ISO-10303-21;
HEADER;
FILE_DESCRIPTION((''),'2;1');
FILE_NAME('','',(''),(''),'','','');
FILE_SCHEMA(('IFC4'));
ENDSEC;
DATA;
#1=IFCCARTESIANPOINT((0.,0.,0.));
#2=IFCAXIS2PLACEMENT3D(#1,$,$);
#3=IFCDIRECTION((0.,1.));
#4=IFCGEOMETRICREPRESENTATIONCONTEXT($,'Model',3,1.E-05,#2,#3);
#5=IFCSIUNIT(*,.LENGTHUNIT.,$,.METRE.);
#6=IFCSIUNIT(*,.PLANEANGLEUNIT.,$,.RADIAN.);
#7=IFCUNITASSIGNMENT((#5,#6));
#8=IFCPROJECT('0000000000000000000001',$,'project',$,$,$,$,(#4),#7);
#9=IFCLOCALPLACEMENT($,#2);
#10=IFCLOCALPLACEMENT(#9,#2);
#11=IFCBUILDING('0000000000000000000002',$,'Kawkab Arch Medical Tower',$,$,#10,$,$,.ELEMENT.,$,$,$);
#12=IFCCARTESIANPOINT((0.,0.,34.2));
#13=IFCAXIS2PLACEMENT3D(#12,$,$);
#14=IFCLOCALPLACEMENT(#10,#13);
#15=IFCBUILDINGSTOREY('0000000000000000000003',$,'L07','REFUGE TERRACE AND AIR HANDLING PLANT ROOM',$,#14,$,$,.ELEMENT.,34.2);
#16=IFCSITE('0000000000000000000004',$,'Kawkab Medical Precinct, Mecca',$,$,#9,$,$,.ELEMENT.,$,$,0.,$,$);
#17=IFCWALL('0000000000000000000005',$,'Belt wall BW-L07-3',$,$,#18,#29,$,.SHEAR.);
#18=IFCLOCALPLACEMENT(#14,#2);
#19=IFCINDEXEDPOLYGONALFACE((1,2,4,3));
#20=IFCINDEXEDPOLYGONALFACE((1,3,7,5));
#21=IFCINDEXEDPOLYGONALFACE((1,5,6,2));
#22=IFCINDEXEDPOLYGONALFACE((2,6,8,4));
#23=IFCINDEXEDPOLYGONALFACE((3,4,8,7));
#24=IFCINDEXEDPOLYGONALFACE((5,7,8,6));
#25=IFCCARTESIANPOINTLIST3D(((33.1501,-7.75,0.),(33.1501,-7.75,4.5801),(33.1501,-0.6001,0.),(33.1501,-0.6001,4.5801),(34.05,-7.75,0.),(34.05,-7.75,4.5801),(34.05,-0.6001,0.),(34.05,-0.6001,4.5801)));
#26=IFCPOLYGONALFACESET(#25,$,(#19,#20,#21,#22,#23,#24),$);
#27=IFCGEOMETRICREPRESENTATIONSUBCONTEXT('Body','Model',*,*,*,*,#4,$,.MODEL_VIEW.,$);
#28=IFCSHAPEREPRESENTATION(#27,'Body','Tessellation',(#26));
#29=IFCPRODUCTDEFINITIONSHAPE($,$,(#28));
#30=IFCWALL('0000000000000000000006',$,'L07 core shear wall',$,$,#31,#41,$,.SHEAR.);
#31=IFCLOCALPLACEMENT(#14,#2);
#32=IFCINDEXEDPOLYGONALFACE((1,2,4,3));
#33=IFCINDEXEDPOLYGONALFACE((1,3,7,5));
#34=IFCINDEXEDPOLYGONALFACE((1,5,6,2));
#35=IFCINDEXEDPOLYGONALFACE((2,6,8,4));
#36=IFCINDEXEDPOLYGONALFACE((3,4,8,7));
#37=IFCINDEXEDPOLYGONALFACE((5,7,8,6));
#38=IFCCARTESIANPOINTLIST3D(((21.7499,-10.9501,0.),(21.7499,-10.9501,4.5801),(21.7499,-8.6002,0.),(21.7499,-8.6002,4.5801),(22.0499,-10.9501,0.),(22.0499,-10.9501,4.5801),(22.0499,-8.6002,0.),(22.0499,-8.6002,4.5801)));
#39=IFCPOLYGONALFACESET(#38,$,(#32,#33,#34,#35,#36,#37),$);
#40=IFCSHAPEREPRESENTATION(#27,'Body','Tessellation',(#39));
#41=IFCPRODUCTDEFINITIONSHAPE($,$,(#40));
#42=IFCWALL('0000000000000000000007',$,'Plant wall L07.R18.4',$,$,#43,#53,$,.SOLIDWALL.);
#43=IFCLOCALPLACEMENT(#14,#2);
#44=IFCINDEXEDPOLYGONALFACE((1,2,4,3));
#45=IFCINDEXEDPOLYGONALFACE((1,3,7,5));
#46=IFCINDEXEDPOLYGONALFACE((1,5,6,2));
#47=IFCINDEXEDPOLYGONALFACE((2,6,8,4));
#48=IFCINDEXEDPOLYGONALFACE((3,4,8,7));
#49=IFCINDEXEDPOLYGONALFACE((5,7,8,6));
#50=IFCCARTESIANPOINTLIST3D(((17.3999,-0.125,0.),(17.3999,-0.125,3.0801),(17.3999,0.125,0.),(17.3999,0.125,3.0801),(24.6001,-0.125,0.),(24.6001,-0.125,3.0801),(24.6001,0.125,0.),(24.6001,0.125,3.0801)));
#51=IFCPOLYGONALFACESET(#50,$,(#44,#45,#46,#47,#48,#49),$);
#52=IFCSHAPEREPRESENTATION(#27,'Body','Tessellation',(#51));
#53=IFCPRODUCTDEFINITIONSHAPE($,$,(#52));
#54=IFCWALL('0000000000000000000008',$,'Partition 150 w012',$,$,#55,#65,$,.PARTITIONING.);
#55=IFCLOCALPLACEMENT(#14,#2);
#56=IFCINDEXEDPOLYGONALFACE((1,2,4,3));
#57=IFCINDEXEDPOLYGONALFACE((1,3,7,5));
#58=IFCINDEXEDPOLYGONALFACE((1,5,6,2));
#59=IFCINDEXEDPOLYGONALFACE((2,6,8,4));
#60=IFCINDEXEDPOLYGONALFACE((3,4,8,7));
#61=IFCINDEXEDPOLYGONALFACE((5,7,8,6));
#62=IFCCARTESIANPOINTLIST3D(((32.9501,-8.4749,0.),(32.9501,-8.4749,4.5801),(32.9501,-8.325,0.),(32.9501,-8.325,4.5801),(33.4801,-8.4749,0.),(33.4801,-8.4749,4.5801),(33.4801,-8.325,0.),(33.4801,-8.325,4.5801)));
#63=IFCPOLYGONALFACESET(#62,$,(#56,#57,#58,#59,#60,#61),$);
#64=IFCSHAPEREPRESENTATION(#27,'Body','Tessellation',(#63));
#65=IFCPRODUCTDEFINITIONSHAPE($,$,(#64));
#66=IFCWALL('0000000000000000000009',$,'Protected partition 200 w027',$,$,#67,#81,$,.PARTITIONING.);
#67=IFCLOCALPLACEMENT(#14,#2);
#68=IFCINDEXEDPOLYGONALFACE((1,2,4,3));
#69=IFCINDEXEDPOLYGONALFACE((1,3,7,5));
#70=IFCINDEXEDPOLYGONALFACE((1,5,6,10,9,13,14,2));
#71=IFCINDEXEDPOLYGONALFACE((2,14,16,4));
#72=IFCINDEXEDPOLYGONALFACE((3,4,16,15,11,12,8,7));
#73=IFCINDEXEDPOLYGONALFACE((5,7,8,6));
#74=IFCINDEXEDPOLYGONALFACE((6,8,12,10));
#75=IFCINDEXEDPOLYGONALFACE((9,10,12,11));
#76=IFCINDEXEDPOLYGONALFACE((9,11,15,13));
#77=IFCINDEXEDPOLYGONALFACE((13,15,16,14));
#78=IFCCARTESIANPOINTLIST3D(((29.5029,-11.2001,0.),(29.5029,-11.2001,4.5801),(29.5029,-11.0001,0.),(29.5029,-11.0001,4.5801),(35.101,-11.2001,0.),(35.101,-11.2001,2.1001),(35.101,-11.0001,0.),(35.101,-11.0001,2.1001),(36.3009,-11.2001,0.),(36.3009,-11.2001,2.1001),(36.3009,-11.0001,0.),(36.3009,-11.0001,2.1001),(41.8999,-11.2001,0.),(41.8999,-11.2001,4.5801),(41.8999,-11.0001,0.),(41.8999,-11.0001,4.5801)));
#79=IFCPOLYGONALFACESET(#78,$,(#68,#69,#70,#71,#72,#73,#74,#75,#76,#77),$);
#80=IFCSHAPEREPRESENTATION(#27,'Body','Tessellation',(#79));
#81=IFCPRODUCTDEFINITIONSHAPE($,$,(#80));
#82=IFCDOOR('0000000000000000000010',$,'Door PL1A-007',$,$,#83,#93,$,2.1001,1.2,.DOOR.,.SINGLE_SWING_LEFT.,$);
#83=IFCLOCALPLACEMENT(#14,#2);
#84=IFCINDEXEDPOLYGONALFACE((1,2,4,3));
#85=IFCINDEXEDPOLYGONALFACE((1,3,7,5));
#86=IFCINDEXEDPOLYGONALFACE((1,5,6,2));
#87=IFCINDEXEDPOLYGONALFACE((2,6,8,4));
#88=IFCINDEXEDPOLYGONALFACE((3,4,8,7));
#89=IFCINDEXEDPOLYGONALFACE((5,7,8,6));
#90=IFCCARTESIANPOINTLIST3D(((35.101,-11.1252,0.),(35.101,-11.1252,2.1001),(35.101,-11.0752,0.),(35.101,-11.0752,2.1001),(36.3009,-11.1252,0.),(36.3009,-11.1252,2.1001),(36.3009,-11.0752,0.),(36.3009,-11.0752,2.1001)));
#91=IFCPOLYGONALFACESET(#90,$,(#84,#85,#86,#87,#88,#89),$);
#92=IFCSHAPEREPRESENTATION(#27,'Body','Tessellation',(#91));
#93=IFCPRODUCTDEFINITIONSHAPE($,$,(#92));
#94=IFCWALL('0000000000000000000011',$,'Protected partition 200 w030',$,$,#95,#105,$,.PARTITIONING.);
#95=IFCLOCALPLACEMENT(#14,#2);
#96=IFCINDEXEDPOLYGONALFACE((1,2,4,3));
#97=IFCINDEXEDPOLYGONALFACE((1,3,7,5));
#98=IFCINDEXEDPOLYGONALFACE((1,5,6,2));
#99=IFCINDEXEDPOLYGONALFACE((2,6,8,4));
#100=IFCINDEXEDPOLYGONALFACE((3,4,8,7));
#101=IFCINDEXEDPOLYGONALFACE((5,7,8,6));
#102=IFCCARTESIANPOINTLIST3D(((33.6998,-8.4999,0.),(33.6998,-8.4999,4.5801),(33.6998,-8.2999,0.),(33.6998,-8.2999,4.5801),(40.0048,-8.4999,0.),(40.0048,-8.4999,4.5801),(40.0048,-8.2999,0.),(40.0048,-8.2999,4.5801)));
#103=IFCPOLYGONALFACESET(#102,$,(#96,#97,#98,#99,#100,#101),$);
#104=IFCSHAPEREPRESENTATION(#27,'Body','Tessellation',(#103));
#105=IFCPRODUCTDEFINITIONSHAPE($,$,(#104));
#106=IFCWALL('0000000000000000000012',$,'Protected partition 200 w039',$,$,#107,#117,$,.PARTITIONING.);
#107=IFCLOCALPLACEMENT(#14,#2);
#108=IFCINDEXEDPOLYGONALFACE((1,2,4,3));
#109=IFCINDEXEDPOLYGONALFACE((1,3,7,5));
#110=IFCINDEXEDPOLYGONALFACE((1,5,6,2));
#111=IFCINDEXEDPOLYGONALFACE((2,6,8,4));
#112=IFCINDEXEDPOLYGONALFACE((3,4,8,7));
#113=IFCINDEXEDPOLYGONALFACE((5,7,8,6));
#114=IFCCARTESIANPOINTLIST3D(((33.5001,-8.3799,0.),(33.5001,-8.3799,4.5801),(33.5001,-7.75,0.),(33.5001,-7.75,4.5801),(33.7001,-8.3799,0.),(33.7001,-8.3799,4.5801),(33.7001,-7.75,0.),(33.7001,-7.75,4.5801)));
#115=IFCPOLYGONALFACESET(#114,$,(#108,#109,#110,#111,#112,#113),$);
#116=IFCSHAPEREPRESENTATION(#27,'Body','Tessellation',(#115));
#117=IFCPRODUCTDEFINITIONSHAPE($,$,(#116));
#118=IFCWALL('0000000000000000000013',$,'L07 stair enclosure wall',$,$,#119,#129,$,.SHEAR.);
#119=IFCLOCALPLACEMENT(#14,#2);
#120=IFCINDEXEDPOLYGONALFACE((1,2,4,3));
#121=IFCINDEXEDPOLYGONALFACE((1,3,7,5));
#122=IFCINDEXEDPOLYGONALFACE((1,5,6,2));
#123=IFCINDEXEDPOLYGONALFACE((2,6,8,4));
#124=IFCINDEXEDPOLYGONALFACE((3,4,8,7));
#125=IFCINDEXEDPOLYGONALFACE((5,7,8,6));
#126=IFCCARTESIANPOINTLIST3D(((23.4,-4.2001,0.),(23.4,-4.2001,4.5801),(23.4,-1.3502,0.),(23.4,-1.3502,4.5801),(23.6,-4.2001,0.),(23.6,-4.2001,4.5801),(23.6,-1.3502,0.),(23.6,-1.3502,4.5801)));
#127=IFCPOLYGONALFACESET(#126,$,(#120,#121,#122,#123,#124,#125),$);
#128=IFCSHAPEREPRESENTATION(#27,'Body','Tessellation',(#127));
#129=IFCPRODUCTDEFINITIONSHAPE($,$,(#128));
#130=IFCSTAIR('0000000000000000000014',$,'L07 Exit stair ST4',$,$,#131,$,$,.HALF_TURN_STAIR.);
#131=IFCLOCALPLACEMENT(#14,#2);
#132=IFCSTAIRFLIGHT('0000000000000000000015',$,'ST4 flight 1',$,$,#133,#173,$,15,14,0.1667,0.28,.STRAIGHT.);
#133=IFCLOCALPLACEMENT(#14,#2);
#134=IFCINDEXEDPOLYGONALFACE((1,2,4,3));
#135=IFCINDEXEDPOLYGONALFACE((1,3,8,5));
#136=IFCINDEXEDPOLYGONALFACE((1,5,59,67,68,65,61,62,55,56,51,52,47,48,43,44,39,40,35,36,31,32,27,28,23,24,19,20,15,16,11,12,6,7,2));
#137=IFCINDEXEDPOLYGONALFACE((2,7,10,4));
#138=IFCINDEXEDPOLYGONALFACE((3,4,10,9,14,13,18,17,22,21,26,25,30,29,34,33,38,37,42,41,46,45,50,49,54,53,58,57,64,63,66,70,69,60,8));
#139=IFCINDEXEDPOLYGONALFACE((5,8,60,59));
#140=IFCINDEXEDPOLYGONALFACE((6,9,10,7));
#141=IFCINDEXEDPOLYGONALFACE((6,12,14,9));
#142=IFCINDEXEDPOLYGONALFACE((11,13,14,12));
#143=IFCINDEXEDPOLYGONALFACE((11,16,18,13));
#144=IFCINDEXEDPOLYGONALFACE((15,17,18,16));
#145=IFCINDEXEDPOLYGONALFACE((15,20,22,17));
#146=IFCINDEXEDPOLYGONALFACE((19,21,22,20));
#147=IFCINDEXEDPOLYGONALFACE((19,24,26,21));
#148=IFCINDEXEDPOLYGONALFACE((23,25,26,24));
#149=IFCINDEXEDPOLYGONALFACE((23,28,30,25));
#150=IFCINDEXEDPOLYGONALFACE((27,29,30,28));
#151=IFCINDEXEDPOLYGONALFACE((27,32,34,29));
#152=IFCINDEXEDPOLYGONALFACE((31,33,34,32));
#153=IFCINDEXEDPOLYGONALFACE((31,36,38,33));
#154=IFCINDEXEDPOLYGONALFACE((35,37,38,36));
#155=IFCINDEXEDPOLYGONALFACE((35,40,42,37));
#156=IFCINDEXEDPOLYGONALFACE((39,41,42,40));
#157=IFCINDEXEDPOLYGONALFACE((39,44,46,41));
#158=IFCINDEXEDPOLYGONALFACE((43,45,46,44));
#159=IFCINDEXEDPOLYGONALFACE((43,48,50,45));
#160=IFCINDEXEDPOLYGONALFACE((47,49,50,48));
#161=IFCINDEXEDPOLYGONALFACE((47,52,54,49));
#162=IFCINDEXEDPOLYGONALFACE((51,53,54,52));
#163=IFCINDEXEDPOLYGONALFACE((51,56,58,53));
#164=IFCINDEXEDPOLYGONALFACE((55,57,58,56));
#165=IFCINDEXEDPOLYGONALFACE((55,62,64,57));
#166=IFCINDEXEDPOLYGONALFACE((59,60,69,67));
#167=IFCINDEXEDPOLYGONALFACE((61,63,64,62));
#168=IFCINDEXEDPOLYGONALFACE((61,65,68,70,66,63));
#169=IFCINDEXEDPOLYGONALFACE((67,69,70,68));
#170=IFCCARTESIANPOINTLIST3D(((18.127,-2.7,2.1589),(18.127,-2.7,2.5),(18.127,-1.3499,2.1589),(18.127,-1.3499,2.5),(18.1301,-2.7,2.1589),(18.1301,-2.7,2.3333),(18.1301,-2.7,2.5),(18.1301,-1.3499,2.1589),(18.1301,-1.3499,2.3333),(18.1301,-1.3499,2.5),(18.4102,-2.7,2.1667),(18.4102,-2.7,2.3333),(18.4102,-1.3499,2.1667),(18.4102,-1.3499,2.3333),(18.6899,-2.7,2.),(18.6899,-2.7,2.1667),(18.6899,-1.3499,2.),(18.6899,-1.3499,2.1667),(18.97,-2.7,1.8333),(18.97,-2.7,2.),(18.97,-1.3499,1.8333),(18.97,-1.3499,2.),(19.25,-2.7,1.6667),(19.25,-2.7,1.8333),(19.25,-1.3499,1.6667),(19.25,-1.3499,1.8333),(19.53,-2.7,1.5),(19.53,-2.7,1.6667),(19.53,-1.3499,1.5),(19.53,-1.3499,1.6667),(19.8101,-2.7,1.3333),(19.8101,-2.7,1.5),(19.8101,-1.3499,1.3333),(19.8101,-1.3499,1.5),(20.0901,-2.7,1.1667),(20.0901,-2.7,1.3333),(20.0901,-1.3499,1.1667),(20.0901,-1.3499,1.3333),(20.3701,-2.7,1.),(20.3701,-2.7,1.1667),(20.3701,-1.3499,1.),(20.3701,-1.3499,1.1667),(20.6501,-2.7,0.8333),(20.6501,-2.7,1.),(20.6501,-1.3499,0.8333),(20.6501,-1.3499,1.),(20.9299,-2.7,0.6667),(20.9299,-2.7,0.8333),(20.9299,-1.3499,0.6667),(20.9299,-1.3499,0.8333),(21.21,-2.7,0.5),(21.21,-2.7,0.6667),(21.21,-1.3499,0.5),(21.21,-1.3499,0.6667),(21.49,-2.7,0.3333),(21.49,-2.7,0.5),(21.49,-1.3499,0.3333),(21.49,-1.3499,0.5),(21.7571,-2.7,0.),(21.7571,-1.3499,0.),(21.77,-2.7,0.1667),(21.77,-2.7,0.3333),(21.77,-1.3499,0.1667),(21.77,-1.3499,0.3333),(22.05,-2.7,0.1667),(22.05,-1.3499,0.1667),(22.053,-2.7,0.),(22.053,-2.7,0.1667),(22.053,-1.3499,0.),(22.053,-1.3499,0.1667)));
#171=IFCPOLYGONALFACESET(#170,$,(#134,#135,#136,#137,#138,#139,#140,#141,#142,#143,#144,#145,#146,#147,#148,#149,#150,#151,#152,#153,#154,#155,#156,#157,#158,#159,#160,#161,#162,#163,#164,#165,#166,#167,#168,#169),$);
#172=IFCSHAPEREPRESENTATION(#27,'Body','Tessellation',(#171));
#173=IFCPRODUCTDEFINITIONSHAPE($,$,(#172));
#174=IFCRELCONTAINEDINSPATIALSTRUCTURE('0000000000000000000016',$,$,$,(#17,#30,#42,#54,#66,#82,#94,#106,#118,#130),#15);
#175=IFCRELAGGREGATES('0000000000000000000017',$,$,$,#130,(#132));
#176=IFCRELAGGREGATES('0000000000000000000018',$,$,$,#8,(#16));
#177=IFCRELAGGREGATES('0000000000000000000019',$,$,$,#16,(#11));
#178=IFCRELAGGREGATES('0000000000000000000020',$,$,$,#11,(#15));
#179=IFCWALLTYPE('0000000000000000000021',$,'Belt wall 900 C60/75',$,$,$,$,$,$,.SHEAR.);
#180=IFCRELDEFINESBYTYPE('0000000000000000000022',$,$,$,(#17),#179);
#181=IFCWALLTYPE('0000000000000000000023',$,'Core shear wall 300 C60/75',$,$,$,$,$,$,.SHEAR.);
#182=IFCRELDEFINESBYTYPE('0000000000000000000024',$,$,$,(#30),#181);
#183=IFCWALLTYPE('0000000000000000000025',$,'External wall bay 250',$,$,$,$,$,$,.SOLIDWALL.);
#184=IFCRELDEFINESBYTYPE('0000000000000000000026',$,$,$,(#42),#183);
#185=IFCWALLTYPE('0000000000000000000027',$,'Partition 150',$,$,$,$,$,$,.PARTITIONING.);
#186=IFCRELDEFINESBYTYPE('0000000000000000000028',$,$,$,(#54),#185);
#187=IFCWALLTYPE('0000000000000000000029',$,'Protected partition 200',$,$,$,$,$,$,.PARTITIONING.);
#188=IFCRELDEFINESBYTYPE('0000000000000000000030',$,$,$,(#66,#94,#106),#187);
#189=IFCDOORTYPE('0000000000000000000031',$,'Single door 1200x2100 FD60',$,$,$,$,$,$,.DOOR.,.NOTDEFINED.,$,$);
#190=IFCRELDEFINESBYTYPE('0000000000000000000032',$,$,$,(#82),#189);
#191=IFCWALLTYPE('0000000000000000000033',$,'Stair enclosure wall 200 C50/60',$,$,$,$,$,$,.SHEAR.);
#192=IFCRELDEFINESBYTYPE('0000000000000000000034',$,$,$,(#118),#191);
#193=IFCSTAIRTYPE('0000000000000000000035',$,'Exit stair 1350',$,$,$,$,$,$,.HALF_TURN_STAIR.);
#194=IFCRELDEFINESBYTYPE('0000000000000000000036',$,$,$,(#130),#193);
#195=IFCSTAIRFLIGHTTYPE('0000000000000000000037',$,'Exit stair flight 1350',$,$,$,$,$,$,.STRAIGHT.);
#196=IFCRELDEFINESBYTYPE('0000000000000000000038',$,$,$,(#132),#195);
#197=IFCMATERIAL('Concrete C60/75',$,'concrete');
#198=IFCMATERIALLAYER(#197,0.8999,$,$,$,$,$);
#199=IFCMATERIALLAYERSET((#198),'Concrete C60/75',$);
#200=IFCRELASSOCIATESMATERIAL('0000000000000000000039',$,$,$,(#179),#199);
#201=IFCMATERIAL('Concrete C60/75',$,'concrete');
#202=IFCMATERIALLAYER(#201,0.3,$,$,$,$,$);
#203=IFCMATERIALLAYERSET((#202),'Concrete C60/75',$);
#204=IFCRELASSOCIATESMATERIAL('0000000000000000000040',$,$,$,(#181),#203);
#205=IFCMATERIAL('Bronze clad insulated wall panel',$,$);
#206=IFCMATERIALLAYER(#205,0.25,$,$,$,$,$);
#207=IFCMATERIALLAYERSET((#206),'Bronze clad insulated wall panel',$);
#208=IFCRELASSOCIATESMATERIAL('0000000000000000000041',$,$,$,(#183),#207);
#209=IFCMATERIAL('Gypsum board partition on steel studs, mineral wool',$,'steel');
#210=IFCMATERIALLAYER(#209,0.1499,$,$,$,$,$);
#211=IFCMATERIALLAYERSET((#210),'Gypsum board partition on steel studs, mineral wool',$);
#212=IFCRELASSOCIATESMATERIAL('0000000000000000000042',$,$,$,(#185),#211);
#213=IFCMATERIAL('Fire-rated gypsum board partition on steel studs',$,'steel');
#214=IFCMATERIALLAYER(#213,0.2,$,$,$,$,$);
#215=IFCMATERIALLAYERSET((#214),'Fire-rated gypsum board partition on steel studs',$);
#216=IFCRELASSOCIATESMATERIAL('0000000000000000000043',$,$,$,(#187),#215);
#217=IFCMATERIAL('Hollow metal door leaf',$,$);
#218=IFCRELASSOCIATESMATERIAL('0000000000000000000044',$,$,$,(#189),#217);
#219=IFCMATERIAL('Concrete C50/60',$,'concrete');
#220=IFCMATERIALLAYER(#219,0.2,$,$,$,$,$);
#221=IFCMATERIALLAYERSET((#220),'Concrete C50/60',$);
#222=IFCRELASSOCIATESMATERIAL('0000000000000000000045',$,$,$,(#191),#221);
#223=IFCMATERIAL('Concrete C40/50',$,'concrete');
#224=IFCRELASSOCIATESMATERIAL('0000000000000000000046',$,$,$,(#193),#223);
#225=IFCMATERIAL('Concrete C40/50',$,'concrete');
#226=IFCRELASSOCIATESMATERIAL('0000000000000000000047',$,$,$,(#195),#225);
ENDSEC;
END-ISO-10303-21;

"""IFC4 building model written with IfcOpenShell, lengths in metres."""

from ifc_helpers import new_model, si_unit, direction, frame, frame_2d, origin, place, context, subcontext, project, spatial, polyline, rectangle, outline, extrude, material, layer, layer_set, type_object, element, fill, aggregate, save


model = new_model("IFC4")

# Units and contexts
model_context = context("Model", 3, precision=1e-05, world=origin(), true_north=direction((0.0, 1.0)))
body_context = subcontext(model_context, "Body", "Model", "MODEL_VIEW")
ifc_project = project(units=[si_unit("LENGTHUNIT", "METRE"), si_unit("PLANEANGLEUNIT", "RADIAN")], contexts=[model_context])

# Site, building, storey
site_placement = place(None, origin())
site = spatial("IfcSite", under=ifc_project, at=site_placement, Name="Kawkab Medical Precinct, Mecca", CompositionType="ELEMENT", RefElevation=0.0)
building_placement = place(site_placement, origin())
building = spatial("IfcBuilding", under=site, at=building_placement, Name="Kawkab Arch Medical Tower", CompositionType="ELEMENT")
storey_placement = place(building_placement, frame((0.0, 0.0, 34.2)))
storey = spatial("IfcBuildingStorey", under=building, at=storey_placement, Name="L07", Description="REFUGE TERRACE AND AIR HANDLING PLANT ROOM", CompositionType="ELEMENT", Elevation=34.2)

# Walls
ifc_material_1 = material(Name="Concrete C60/75", Category="concrete")
ifc_layer_1 = layer(ifc_material_1, 0.8999)
ifc_layer_set_1 = layer_set([ifc_layer_1], Name="Concrete C60/75")
wall_type_1 = type_object("IfcWallType", Name="Belt wall 900 C60/75", PredefinedType="SHEAR", material=ifc_layer_set_1)
wall_1_placement = place(storey_placement, frame((33.6001, -0.6001, 0.0), z_axis=(0.0, 0.0, 1.0), x_axis=(0.0, -1.0, 0.0)))
element("IfcWall", 1, at=wall_1_placement, inside=storey, type_object=wall_type_1, Name="Belt wall BW-L07-3", PredefinedType="SHEAR", context=body_context, shape_type="SweptSolid", body=[
    extrude(rectangle(XDim=7.1499, YDim=0.8999, at=frame_2d((3.575, 0.0))), origin(), (0.0, 0.0, 1.0), 4.5801),
])
ifc_material_2 = material(Name="Concrete C60/75", Category="concrete")
ifc_layer_2 = layer(ifc_material_2, 0.3)
ifc_layer_set_2 = layer_set([ifc_layer_2], Name="Concrete C60/75")
wall_type_2 = type_object("IfcWallType", Name="Core shear wall 300 C60/75", PredefinedType="SHEAR", material=ifc_layer_set_2)
wall_2_placement = place(storey_placement, frame((21.8999, -10.95, 0.0), z_axis=(0.0, 0.0, 1.0), x_axis=(0.0, 1.0, 0.0)))
element("IfcWall", 2, at=wall_2_placement, inside=storey, type_object=wall_type_2, Name="L07 core shear wall", PredefinedType="SHEAR", context=body_context, shape_type="SweptSolid", body=[
    extrude(rectangle(XDim=2.3499, YDim=0.3, at=frame_2d((1.1748, 0.0))), origin(), (0.0, 0.0, 1.0), 4.5801),
])
ifc_material_3 = material(Name="Bronze clad insulated wall panel")
ifc_layer_3 = layer(ifc_material_3, 0.25)
ifc_layer_set_3 = layer_set([ifc_layer_3], Name="Bronze clad insulated wall panel")
wall_type_3 = type_object("IfcWallType", Name="External wall bay 250", PredefinedType="SOLIDWALL", material=ifc_layer_set_3)
wall_3_placement = place(storey_placement, frame((24.6001, 0.0, 0.0), z_axis=(0.0, 0.0, 1.0), x_axis=(-1.0, 0.0, 0.0)))
element("IfcWall", 3, at=wall_3_placement, inside=storey, type_object=wall_type_3, Name="Plant wall L07.R18.4", PredefinedType="SOLIDWALL", context=body_context, shape_type="SweptSolid", body=[
    extrude(rectangle(XDim=7.2002, YDim=0.25, at=frame_2d((3.6001, 0.0))), origin(), (0.0, 0.0, 1.0), 3.0801),
])
ifc_material_4 = material(Name="Gypsum board partition on steel studs, mineral wool", Category="steel")
ifc_layer_4 = layer(ifc_material_4, 0.1499)
ifc_layer_set_4 = layer_set([ifc_layer_4], Name="Gypsum board partition on steel studs, mineral wool")
wall_type_4 = type_object("IfcWallType", Name="Partition 150", PredefinedType="PARTITIONING", material=ifc_layer_set_4)
wall_4_placement = place(storey_placement, frame((32.95, -8.3999, 0.0), z_axis=(0.0, 0.0, 1.0), x_axis=(1.0, 0.0, 0.0)))
element("IfcWall", 4, at=wall_4_placement, inside=storey, type_object=wall_type_4, Name="Partition 150 w012", PredefinedType="PARTITIONING", context=body_context, shape_type="SweptSolid", body=[
    extrude(rectangle(XDim=0.53, YDim=0.1499, at=frame_2d((0.2651, 0.0))), origin(), (0.0, 0.0, 1.0), 4.5801),
])

# Wall, opening, door
ifc_material_5 = material(Name="Fire-rated gypsum board partition on steel studs", Category="steel")
ifc_layer_5 = layer(ifc_material_5, 0.2)
ifc_layer_set_5 = layer_set([ifc_layer_5], Name="Fire-rated gypsum board partition on steel studs")
wall_type_5 = type_object("IfcWallType", Name="Protected partition 200", PredefinedType="PARTITIONING", material=ifc_layer_set_5)
wall_5_placement = place(storey_placement, frame((29.5029, -11.1001, 0.0), z_axis=(0.0, 0.0, 1.0), x_axis=(1.0, 0.0, 0.0)))
wall_5 = element("IfcWall", 5, at=wall_5_placement, inside=storey, type_object=wall_type_5, Name="Protected partition 200 w027", PredefinedType="PARTITIONING", context=body_context, shape_type="SweptSolid", body=[
    extrude(rectangle(XDim=12.397, YDim=0.2, at=frame_2d((6.1985, 0.0))), origin(), (0.0, 0.0, 1.0), 4.5801),
])
opening_placement = place(wall_5_placement, frame((5.5979, 0.0, 0.0)))
opening = element("IfcOpeningElement", 6, at=opening_placement, cuts=wall_5, PredefinedType="OPENING", context=body_context, shape_type="SweptSolid", body=[
    extrude(rectangle(XDim=1.2, YDim=2.1001, at=frame_2d((0.6001, 1.05))), frame((0.0, 0.1099, 0.0), z_axis=(0.0, -1.0, 0.0), x_axis=(1.0, 0.0, 0.0)), (0.0, 0.0, 1.0), 0.22),
])
ifc_material_6 = material(Name="Hollow metal door leaf")
door_type = type_object("IfcDoorType", Name="Single door 1200x2100 FD60", OperationType="NOTDEFINED", PredefinedType="DOOR", material=ifc_material_6)
door_placement = place(opening_placement, origin())
door = element("IfcDoor", 7, at=door_placement, inside=storey, type_object=door_type, Name="Door PL1A-007", OperationType="SINGLE_SWING_LEFT", OverallHeight=2.1001, OverallWidth=1.2, PredefinedType="DOOR", context=body_context, shape_type="SweptSolid", body=[
    extrude(rectangle(XDim=1.2, YDim=2.1001, at=frame_2d((0.6001, 1.05))), frame((0.0, 0.0249, 0.0), z_axis=(0.0, -1.0, 0.0), x_axis=(1.0, 0.0, 0.0)), (0.0, 0.0, 1.0), 0.05),
])
fill(opening, door)

# Walls
wall_6_placement = place(storey_placement, frame((33.7, -8.3999, 0.0), z_axis=(0.0, 0.0, 1.0), x_axis=(1.0, 0.0, 0.0)))
element("IfcWall", 8, at=wall_6_placement, inside=storey, type_object=wall_type_5, Name="Protected partition 200 w030", PredefinedType="PARTITIONING", context=body_context, shape_type="SweptSolid", body=[
    extrude(rectangle(XDim=6.3049, YDim=0.2, at=frame_2d((3.1523, 0.0))), origin(), (0.0, 0.0, 1.0), 4.5801),
])
wall_7_placement = place(storey_placement, frame((33.6001, -8.3799, 0.0), z_axis=(0.0, 0.0, 1.0), x_axis=(0.0, 1.0, 0.0)))
element("IfcWall", 9, at=wall_7_placement, inside=storey, type_object=wall_type_5, Name="Protected partition 200 w039", PredefinedType="PARTITIONING", context=body_context, shape_type="SweptSolid", body=[
    extrude(rectangle(XDim=0.6299, YDim=0.2, at=frame_2d((0.3149, 0.0))), origin(), (0.0, 0.0, 1.0), 4.5801),
])
ifc_material_7 = material(Name="Concrete C50/60", Category="concrete")
ifc_layer_6 = layer(ifc_material_7, 0.2)
ifc_layer_set_6 = layer_set([ifc_layer_6], Name="Concrete C50/60")
wall_type_6 = type_object("IfcWallType", Name="Stair enclosure wall 200 C50/60", PredefinedType="SHEAR", material=ifc_layer_set_6)
wall_8_placement = place(storey_placement, frame((23.5, -4.2, 0.0), z_axis=(0.0, 0.0, 1.0), x_axis=(0.0, 1.0, 0.0)))
element("IfcWall", 10, at=wall_8_placement, inside=storey, type_object=wall_type_6, Name="L07 stair enclosure wall", PredefinedType="SHEAR", context=body_context, shape_type="SweptSolid", body=[
    extrude(rectangle(XDim=2.8499, YDim=0.2, at=frame_2d((1.4248, 0.0))), origin(), (0.0, 0.0, 1.0), 4.5801),
])

# Stair, stair flight
ifc_material_8 = material(Name="Concrete C40/50", Category="concrete")
stair_type = type_object("IfcStairType", Name="Exit stair 1350", PredefinedType="HALF_TURN_STAIR", material=ifc_material_8)
stair_placement = place(storey_placement, origin())
stair = element("IfcStair", 11, at=stair_placement, inside=storey, type_object=stair_type, Name="L07 Exit stair ST4", PredefinedType="HALF_TURN_STAIR")
ifc_material_9 = material(Name="Concrete C40/50", Category="concrete")
stair_flight_type = type_object("IfcStairFlightType", Name="Exit stair flight 1350", PredefinedType="STRAIGHT", material=ifc_material_9)
stair_flight_placement = place(storey_placement, frame((22.05, -2.0249, 0.0), z_axis=(0.0, 0.0, 1.0), x_axis=(-1.0, 0.0, 0.0)))
stair_flight = element("IfcStairFlight", 12, at=stair_flight_placement, type_object=stair_flight_type, Name="ST4 flight 1", NumberOfRisers=15, NumberOfTreads=14, PredefinedType="STRAIGHT", RiserHeight=0.1667, TreadLength=0.28, context=body_context, shape_type="SweptSolid", body=[
    extrude(outline(polyline([(-0.0029, 0.0), (-0.0029, 0.1667), (0.0, 0.1667), (0.28, 0.1667), (0.28, 0.3333), (0.5601, 0.3333), (0.5601, 0.5), (0.8401, 0.5), (0.8401, 0.6667), (1.1201, 0.6667), (1.1201, 0.8333), (1.3999, 0.8333), (1.3999, 1.0), (1.6799, 1.0), (1.6799, 1.1667), (1.96, 1.1667), (1.96, 1.3333), (2.24, 1.3333), (2.24, 1.5), (2.52, 1.5), (2.52, 1.6667), (2.8, 1.6667), (2.8, 1.8333), (3.0801, 1.8333), (3.0801, 2.0), (3.3601, 2.0), (3.3601, 2.1667), (3.6399, 2.1667), (3.6399, 2.3333), (3.9199, 2.3333), (3.9199, 2.5), (3.9231, 2.5), (3.9231, 2.1589), (3.9199, 2.1589), (0.293, 0.0), (-0.0029, 0.0)])), frame((0.0, 0.675, 0.0), z_axis=(0.0, -1.0, 0.0), x_axis=(1.0, 0.0, 0.0)), (0.0, 0.0, 1.0), 1.3501),
])
aggregate(stair, [stair_flight])

save(model, "model.ifc")
